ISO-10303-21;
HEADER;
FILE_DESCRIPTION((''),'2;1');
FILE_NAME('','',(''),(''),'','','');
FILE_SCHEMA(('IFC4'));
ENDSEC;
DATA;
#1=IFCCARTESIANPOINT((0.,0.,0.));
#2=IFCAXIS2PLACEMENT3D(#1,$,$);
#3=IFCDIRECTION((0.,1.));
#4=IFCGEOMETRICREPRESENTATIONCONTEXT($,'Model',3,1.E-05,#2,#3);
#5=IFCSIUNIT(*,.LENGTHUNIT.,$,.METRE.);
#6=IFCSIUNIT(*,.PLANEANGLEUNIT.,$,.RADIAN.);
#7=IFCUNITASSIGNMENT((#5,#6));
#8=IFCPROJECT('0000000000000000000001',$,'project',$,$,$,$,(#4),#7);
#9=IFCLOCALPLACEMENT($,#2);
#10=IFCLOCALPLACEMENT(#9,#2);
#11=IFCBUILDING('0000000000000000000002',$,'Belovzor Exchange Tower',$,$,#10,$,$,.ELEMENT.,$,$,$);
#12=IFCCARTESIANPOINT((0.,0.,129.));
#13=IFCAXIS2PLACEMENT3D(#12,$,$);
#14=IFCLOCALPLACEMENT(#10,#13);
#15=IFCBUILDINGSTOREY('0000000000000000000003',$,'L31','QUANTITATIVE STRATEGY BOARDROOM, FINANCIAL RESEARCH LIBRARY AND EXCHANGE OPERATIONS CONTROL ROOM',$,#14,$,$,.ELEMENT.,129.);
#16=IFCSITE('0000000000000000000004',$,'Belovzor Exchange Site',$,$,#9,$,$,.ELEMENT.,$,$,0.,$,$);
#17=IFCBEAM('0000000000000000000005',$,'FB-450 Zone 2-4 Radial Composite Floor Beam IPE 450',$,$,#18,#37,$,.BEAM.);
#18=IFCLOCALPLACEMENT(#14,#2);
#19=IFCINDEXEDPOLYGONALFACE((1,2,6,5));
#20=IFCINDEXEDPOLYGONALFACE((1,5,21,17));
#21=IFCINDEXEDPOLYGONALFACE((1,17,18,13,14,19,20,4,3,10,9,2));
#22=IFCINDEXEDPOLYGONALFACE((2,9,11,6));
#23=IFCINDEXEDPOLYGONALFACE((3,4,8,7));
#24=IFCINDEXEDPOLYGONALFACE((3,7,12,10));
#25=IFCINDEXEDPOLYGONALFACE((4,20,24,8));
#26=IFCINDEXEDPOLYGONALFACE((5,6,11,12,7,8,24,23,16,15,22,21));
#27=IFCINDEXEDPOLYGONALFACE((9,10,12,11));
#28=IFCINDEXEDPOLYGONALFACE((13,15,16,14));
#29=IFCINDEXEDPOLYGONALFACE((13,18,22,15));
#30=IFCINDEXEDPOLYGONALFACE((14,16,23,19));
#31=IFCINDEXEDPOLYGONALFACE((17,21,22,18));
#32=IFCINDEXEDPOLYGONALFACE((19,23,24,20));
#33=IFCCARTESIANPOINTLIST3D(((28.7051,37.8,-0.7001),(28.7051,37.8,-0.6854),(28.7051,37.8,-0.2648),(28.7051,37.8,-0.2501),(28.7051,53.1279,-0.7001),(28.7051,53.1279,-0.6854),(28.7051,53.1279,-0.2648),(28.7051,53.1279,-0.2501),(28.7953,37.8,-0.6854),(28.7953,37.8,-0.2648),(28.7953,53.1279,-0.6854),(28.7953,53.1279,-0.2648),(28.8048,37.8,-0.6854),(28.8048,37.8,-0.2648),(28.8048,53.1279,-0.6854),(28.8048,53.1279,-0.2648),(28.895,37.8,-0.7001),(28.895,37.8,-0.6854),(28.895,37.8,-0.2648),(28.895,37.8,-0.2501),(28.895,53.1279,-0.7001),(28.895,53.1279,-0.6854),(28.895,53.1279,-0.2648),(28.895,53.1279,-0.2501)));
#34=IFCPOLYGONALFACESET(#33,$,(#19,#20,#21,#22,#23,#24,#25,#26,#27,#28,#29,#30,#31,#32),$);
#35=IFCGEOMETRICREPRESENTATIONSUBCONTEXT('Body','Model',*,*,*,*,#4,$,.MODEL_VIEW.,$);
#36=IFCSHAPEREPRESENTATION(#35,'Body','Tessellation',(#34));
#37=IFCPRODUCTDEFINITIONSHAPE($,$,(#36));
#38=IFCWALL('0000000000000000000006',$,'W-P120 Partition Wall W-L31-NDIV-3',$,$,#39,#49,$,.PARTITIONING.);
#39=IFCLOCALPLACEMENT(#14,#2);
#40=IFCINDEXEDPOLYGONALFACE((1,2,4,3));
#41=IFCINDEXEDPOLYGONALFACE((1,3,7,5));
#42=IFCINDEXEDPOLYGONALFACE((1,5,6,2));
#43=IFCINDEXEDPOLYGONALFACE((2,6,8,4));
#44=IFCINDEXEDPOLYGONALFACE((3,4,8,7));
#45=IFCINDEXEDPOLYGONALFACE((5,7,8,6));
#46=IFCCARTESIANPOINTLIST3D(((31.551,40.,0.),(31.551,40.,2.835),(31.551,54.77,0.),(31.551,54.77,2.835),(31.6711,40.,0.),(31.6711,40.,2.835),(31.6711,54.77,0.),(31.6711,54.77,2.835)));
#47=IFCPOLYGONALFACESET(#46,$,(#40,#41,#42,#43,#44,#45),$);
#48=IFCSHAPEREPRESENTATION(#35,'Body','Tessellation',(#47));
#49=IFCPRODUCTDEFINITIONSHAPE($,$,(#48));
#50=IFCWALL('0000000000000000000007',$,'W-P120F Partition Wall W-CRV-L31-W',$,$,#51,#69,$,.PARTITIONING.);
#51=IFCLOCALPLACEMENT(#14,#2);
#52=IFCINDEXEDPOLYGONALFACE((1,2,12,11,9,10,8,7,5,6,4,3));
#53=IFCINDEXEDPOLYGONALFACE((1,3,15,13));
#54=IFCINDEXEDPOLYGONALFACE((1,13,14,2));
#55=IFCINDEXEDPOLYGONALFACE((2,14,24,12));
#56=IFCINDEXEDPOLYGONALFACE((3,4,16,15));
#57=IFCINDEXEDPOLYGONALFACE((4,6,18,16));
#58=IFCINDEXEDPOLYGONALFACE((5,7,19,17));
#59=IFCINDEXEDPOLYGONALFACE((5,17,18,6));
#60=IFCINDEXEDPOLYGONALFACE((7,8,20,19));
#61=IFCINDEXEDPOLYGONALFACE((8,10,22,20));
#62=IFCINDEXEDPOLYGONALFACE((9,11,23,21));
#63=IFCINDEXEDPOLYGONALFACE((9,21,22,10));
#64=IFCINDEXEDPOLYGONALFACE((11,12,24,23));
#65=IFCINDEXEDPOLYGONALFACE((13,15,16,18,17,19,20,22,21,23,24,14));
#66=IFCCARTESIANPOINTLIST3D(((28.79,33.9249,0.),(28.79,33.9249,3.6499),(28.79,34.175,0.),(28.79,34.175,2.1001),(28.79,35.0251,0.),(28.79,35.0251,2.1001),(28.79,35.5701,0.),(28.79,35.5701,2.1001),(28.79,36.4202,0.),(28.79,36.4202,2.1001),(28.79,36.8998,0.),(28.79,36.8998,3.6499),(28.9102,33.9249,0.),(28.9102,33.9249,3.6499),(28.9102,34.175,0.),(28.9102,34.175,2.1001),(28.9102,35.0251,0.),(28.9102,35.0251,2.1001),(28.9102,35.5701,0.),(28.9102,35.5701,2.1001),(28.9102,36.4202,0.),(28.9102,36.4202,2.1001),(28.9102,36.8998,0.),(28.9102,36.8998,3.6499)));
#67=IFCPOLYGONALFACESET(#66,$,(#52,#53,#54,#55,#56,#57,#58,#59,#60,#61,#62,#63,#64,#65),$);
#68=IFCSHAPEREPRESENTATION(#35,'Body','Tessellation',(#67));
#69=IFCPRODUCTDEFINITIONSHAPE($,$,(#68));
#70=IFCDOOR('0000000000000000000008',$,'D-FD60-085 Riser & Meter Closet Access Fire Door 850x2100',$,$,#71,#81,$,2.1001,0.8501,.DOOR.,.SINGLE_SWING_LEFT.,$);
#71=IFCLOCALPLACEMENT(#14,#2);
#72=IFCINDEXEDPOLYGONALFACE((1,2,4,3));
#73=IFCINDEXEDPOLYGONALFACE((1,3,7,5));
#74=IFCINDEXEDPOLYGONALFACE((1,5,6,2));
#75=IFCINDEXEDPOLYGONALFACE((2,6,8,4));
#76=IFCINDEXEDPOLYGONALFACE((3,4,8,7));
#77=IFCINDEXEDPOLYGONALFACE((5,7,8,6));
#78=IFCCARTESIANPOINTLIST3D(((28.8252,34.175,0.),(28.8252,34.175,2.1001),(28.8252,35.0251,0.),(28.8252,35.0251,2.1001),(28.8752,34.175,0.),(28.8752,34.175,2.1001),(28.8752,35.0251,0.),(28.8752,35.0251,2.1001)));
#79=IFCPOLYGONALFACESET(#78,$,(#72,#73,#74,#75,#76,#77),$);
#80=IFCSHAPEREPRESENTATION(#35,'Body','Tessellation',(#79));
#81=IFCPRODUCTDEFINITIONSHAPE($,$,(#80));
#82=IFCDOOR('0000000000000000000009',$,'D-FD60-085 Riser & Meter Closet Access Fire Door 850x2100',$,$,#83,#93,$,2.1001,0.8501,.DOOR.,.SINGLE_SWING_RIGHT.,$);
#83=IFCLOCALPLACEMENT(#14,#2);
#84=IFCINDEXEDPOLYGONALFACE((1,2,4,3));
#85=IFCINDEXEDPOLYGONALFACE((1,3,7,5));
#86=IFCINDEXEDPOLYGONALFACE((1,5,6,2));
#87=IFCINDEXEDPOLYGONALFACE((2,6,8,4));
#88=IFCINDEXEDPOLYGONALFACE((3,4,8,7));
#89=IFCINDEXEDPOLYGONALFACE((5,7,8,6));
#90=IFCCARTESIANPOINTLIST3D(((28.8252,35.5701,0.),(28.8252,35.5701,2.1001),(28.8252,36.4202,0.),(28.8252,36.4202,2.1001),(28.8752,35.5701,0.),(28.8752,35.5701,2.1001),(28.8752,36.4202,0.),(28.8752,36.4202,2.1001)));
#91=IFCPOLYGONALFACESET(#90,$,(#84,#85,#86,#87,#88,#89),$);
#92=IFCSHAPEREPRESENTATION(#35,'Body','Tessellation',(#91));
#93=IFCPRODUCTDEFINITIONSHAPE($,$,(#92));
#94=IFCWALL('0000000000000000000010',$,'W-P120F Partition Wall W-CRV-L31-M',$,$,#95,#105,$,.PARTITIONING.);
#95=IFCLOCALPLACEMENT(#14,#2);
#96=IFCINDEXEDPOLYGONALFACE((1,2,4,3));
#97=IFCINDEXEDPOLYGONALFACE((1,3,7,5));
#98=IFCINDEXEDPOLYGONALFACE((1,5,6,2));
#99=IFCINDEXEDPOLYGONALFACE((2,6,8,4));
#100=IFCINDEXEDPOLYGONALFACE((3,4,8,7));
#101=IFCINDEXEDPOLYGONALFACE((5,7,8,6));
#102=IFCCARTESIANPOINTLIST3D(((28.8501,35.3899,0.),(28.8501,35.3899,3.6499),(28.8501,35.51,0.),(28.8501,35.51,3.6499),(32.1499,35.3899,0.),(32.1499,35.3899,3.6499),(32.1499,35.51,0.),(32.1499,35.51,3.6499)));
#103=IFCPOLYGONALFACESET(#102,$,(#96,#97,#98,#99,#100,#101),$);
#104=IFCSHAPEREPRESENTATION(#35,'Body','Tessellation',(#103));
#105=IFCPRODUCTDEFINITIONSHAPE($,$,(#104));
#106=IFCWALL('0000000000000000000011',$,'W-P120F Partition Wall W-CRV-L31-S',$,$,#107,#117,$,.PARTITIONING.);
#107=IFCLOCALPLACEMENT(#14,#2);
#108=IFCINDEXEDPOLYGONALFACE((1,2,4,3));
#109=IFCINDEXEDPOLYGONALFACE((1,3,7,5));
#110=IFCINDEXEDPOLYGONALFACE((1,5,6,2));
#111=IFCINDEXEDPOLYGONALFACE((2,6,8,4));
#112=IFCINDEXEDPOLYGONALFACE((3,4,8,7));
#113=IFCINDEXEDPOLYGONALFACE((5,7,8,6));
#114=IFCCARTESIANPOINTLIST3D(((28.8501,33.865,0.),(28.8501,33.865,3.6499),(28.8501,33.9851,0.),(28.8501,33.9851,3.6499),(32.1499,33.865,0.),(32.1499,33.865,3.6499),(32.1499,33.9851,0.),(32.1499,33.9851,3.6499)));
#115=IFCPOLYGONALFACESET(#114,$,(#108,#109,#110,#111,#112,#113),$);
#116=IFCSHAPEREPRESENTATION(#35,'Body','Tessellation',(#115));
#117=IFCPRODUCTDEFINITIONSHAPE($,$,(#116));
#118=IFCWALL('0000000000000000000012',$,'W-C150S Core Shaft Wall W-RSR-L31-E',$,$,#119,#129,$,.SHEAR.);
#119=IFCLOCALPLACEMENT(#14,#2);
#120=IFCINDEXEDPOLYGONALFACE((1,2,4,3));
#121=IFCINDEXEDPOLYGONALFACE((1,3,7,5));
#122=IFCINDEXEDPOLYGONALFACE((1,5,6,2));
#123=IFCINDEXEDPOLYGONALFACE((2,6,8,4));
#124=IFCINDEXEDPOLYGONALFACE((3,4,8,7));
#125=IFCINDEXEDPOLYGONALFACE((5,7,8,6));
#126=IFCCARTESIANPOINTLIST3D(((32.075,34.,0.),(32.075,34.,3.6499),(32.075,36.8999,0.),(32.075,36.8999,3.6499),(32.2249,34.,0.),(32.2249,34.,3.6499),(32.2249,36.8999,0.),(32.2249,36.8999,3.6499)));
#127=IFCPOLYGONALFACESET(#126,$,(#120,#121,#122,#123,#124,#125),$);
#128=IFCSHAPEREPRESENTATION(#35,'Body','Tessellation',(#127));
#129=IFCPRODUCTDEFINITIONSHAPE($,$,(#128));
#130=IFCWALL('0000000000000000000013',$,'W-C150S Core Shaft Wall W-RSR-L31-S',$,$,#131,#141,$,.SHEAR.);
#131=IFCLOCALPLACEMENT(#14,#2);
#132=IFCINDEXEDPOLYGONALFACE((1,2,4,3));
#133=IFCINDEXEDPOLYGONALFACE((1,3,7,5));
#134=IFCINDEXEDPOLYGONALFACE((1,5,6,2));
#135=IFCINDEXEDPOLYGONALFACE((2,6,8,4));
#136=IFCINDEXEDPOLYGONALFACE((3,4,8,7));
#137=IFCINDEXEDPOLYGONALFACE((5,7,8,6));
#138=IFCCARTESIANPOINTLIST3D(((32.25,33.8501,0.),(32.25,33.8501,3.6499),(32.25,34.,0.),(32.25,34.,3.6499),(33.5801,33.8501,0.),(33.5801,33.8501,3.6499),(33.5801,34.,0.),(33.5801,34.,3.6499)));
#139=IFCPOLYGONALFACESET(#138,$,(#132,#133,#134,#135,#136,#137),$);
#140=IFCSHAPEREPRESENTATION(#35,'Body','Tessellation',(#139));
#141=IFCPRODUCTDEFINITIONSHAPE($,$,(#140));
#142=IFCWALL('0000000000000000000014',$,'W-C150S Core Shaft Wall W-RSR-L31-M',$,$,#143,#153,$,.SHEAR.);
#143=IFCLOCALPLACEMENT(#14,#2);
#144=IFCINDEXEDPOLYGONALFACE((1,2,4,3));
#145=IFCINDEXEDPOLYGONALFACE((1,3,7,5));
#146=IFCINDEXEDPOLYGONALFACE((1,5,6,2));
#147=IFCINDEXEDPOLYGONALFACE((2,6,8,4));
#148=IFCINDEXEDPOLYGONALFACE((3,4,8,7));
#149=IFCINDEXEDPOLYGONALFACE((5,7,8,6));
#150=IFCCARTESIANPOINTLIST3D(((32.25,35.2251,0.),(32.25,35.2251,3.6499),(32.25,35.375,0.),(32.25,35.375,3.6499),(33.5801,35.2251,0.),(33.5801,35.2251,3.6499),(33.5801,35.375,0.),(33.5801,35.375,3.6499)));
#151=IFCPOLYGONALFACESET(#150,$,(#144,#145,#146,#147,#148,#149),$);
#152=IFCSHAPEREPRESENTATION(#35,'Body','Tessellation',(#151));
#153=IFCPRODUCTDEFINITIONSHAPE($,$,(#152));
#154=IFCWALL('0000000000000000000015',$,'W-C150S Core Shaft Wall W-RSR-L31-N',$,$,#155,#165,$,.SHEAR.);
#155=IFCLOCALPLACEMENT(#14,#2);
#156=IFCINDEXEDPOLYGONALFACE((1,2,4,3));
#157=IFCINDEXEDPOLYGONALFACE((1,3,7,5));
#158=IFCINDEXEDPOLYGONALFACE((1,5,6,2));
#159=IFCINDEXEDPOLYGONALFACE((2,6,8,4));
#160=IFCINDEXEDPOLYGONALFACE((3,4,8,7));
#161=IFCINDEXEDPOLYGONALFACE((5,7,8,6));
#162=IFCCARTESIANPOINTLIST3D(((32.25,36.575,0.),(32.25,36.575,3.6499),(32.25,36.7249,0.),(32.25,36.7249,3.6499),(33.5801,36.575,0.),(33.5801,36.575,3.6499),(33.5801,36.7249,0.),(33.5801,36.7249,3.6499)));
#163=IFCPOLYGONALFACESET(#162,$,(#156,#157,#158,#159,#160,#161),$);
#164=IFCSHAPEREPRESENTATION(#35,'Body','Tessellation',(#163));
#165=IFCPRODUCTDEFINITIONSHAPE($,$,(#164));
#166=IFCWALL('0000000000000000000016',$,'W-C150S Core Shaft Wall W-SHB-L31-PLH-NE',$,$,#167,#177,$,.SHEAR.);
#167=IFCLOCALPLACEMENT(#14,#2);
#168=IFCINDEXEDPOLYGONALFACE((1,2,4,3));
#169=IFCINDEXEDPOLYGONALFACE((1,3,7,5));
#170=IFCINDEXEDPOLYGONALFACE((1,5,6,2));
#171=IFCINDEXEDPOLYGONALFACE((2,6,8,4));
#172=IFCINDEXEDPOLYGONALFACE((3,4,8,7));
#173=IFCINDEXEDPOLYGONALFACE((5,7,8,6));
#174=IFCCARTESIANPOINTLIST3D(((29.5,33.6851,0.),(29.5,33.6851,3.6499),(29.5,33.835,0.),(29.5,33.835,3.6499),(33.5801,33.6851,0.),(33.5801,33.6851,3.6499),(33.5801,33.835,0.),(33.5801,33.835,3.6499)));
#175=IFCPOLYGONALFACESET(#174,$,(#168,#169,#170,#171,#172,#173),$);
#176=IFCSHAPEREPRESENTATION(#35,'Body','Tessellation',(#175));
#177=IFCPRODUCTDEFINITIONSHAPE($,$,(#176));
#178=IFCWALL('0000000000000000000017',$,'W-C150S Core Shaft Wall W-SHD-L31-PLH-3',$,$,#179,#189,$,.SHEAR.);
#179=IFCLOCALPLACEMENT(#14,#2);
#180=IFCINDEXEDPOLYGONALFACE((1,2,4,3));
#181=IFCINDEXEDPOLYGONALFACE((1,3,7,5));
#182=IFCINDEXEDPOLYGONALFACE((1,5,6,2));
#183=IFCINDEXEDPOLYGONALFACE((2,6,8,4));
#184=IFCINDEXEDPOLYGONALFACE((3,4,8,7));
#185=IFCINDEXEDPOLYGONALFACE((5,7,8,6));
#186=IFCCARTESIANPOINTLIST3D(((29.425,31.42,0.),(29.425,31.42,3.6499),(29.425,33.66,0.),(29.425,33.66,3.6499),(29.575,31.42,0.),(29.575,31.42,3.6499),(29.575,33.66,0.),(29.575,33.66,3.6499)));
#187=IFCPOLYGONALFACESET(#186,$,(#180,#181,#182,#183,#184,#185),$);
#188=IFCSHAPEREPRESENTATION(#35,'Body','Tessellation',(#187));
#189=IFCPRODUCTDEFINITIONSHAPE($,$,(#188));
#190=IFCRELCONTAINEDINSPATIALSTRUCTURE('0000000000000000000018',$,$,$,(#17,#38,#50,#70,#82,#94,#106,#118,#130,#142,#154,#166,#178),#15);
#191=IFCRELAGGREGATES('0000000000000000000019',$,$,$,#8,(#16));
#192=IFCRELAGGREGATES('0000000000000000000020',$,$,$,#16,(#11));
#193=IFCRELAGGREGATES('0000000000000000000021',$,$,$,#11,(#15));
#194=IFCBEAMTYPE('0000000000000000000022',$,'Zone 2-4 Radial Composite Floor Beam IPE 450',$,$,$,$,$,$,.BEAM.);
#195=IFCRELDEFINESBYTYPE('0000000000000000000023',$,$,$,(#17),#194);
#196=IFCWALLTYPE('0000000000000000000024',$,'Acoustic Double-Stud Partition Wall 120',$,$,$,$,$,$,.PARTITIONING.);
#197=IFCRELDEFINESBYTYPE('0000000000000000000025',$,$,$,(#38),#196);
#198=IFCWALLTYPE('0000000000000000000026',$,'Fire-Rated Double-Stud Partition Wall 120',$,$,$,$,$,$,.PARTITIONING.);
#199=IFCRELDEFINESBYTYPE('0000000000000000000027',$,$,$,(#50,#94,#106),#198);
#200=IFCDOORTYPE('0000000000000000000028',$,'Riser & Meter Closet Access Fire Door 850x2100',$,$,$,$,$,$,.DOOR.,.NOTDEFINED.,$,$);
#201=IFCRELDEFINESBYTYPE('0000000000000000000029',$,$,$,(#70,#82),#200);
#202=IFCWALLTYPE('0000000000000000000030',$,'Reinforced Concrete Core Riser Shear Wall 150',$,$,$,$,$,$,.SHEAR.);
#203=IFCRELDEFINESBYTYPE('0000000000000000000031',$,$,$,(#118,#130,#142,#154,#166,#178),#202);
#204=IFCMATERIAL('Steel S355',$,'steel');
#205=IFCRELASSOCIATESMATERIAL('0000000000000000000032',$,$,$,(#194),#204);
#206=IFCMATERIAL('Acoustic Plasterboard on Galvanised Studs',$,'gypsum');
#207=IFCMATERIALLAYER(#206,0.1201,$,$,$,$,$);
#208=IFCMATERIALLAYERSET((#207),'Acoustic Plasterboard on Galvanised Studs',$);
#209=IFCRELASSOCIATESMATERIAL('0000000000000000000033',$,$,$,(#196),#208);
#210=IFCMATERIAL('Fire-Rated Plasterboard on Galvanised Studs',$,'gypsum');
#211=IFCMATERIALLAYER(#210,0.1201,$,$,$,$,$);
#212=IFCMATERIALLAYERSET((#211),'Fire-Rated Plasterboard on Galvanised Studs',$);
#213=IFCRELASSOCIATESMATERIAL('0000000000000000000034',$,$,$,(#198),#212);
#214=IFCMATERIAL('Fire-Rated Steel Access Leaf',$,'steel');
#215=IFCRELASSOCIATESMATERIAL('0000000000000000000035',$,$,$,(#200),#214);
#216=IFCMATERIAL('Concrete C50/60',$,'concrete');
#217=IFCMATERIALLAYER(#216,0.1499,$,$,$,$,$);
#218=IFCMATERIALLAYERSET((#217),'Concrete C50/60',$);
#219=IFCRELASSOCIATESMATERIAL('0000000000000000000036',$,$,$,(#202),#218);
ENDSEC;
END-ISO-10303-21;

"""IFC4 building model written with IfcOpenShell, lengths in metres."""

from ifc_helpers import new_model, si_unit, direction, frame, frame_2d, origin, origin_2d, place, context, subcontext, project, spatial, rectangle, i_section, extrude, material, layer, layer_set, material_profile, profile_set, type_object, element, fill, save


model = new_model("IFC4")

# Units and contexts
model_context = context("Model", 3, precision=1e-05, world=origin(), true_north=direction((0.0, 1.0)))
body_context = subcontext(model_context, "Body", "Model", "MODEL_VIEW")
ifc_project = project(units=[si_unit("LENGTHUNIT", "METRE"), si_unit("PLANEANGLEUNIT", "RADIAN")], contexts=[model_context])

# Site, building, storey
site_placement = place(None, origin())
site = spatial("IfcSite", under=ifc_project, at=site_placement, Name="Belovzor Exchange Site", CompositionType="ELEMENT", RefElevation=0.0)
building_placement = place(site_placement, origin())
building = spatial("IfcBuilding", under=site, at=building_placement, Name="Belovzor Exchange Tower", CompositionType="ELEMENT")
storey_placement = place(building_placement, frame((0.0, 0.0, 129.0)))
storey = spatial("IfcBuildingStorey", under=building, at=storey_placement, Name="L31", Description="QUANTITATIVE STRATEGY BOARDROOM, FINANCIAL RESEARCH LIBRARY AND EXCHANGE OPERATIONS CONTROL ROOM", CompositionType="ELEMENT", Elevation=129.0)

# Beam
ifc_material_1 = material(Name="Steel S355", Category="steel")
ifc_material_profile = material_profile(ifc_material_1, i_section(OverallWidth=0.1899, OverallDepth=0.45, WebThickness=0.0095, FlangeThickness=0.0146, at=origin_2d()))
ifc_profile_set = profile_set([ifc_material_profile], Name="Steel S355")
beam_type = type_object("IfcBeamType", Name="Zone 2-4 Radial Composite Floor Beam IPE 450", PredefinedType="BEAM", material=ifc_profile_set)
beam_placement = place(storey_placement, frame((28.8, 37.8, -0.4751), z_axis=(0.0, 1.0, 0.0), x_axis=(-1.0, 0.0, 0.0)))
element("IfcBeam", 1, at=beam_placement, inside=storey, type_object=beam_type, Name="FB-450 Zone 2-4 Radial Composite Floor Beam IPE 450", PredefinedType="BEAM", context=body_context, shape_type="SweptSolid", body=[
    extrude(i_section(OverallWidth=0.1899, OverallDepth=0.45, WebThickness=0.0095, FlangeThickness=0.0146, at=origin_2d()), origin(), (0.0, 0.0, 1.0), 15.3279),
])

# Wall
ifc_material_2 = material(Name="Acoustic Plasterboard on Galvanised Studs", Category="gypsum")
ifc_layer_1 = layer(ifc_material_2, 0.1201)
ifc_layer_set_1 = layer_set([ifc_layer_1], Name="Acoustic Plasterboard on Galvanised Studs")
wall_type_1 = type_object("IfcWallType", Name="Acoustic Double-Stud Partition Wall 120", PredefinedType="PARTITIONING", material=ifc_layer_set_1)
wall_1_placement = place(storey_placement, frame((31.6111, 40.0, 0.0), z_axis=(0.0, 0.0, 1.0), x_axis=(0.0, 1.0, 0.0)))
element("IfcWall", 2, at=wall_1_placement, inside=storey, type_object=wall_type_1, Name="W-P120 Partition Wall W-L31-NDIV-3", PredefinedType="PARTITIONING", context=body_context, shape_type="SweptSolid", body=[
    extrude(rectangle(XDim=14.77, YDim=0.1201, at=frame_2d((7.385, 0.0))), origin(), (0.0, 0.0, 1.0), 2.835),
])

# Wall, openings, doors
ifc_material_3 = material(Name="Fire-Rated Plasterboard on Galvanised Studs", Category="gypsum")
ifc_layer_2 = layer(ifc_material_3, 0.1201)
ifc_layer_set_2 = layer_set([ifc_layer_2], Name="Fire-Rated Plasterboard on Galvanised Studs")
wall_type_2 = type_object("IfcWallType", Name="Fire-Rated Double-Stud Partition Wall 120", PredefinedType="PARTITIONING", material=ifc_layer_set_2)
wall_2_placement = place(storey_placement, frame((28.8501, 33.925, 0.0), z_axis=(0.0, 0.0, 1.0), x_axis=(0.0, 1.0, 0.0)))
wall_2 = element("IfcWall", 3, at=wall_2_placement, inside=storey, type_object=wall_type_2, Name="W-P120F Partition Wall W-CRV-L31-W", PredefinedType="PARTITIONING", context=body_context, shape_type="SweptSolid", body=[
    extrude(rectangle(XDim=2.9749, YDim=0.1201, at=frame_2d((1.4873, 0.0))), origin(), (0.0, 0.0, 1.0), 3.6499),
])
opening_1_placement = place(wall_2_placement, frame((0.25, 0.0, 0.0)))
opening_1 = element("IfcOpeningElement", 4, at=opening_1_placement, cuts=wall_2, PredefinedType="OPENING", context=body_context, shape_type="SweptSolid", body=[
    extrude(rectangle(XDim=0.8501, YDim=2.1001, at=frame_2d((0.425, 1.05))), frame((0.0, 0.0701, 0.0), z_axis=(0.0, -1.0, 0.0), x_axis=(1.0, 0.0, 0.0)), (0.0, 0.0, 1.0), 0.1401),
])
opening_2_placement = place(wall_2_placement, frame((1.645, 0.0, 0.0)))
opening_2 = element("IfcOpeningElement", 5, at=opening_2_placement, cuts=wall_2, PredefinedType="OPENING", context=body_context, shape_type="SweptSolid", body=[
    extrude(rectangle(XDim=0.8501, YDim=2.1001, at=frame_2d((0.425, 1.05))), frame((0.0, 0.0701, 0.0), z_axis=(0.0, -1.0, 0.0), x_axis=(1.0, 0.0, 0.0)), (0.0, 0.0, 1.0), 0.1401),
])
ifc_material_4 = material(Name="Fire-Rated Steel Access Leaf", Category="steel")
door_type = type_object("IfcDoorType", Name="Riser & Meter Closet Access Fire Door 850x2100", OperationType="NOTDEFINED", PredefinedType="DOOR", material=ifc_material_4)
door_1_placement = place(opening_1_placement, origin())
door_1 = element("IfcDoor", 6, at=door_1_placement, inside=storey, type_object=door_type, Name="D-FD60-085 Riser & Meter Closet Access Fire Door 850x2100", OperationType="SINGLE_SWING_LEFT", OverallHeight=2.1001, OverallWidth=0.8501, PredefinedType="DOOR", context=body_context, shape_type="SweptSolid", body=[
    extrude(rectangle(XDim=0.8501, YDim=2.1001, at=frame_2d((0.425, 1.05))), frame((0.0, 0.0249, 0.0), z_axis=(0.0, -1.0, 0.0), x_axis=(1.0, 0.0, 0.0)), (0.0, 0.0, 1.0), 0.05),
])
fill(opening_1, door_1)
door_2_placement = place(opening_2_placement, origin())
door_2 = element("IfcDoor", 7, at=door_2_placement, inside=storey, type_object=door_type, Name="D-FD60-085 Riser & Meter Closet Access Fire Door 850x2100", OperationType="SINGLE_SWING_RIGHT", OverallHeight=2.1001, OverallWidth=0.8501, PredefinedType="DOOR", context=body_context, shape_type="SweptSolid", body=[
    extrude(rectangle(XDim=0.8501, YDim=2.1001, at=frame_2d((0.425, 1.05))), frame((0.0, 0.0249, 0.0), z_axis=(0.0, -1.0, 0.0), x_axis=(1.0, 0.0, 0.0)), (0.0, 0.0, 1.0), 0.05),
])
fill(opening_2, door_2)

# Walls
for number, where, z_axis, x_axis, name in (
    (8, (28.8501, 35.45, 0.0), (0.0, 0.0, 1.0), (1.0, 0.0, 0.0), "W-P120F Partition Wall W-CRV-L31-M"),
    (9, (28.8501, 33.925, 0.0), (0.0, 0.0, 1.0), (1.0, 0.0, 0.0), "W-P120F Partition Wall W-CRV-L31-S"),
):
    element("IfcWall", number, at=place(storey_placement, frame(where, z_axis=z_axis, x_axis=x_axis)), inside=storey, type_object=wall_type_2, Name=name, PredefinedType="PARTITIONING", context=body_context, shape_type="SweptSolid", body=[
        extrude(rectangle(XDim=3.2998, YDim=0.1201, at=frame_2d((1.6499, 0.0))), origin(), (0.0, 0.0, 1.0), 3.6499),
    ])
ifc_material_5 = material(Name="Concrete C50/60", Category="concrete")
ifc_layer_3 = layer(ifc_material_5, 0.1499)
ifc_layer_set_3 = layer_set([ifc_layer_3], Name="Concrete C50/60")
wall_type_3 = type_object("IfcWallType", Name="Reinforced Concrete Core Riser Shear Wall 150", PredefinedType="SHEAR", material=ifc_layer_set_3)
wall_3_placement = place(storey_placement, frame((32.1499, 34.0, 0.0), z_axis=(0.0, 0.0, 1.0), x_axis=(0.0, 1.0, 0.0)))
element("IfcWall", 10, at=wall_3_placement, inside=storey, type_object=wall_type_3, Name="W-C150S Core Shaft Wall W-RSR-L31-E", PredefinedType="SHEAR", context=body_context, shape_type="SweptSolid", body=[
    extrude(rectangle(XDim=2.8999, YDim=0.1499, at=frame_2d((1.45, 0.0))), origin(), (0.0, 0.0, 1.0), 3.6499),
])
for number, where, z_axis, x_axis, name in (
    (11, (32.25, 33.925, 0.0), (0.0, 0.0, 1.0), (1.0, 0.0, 0.0), "W-C150S Core Shaft Wall W-RSR-L31-S"),
    (12, (32.25, 35.3, 0.0), (0.0, 0.0, 1.0), (1.0, 0.0, 0.0), "W-C150S Core Shaft Wall W-RSR-L31-M"),
    (13, (32.25, 36.6499, 0.0), (0.0, 0.0, 1.0), (1.0, 0.0, 0.0), "W-C150S Core Shaft Wall W-RSR-L31-N"),
):
    element("IfcWall", number, at=place(storey_placement, frame(where, z_axis=z_axis, x_axis=x_axis)), inside=storey, type_object=wall_type_3, Name=name, PredefinedType="SHEAR", context=body_context, shape_type="SweptSolid", body=[
        extrude(rectangle(XDim=1.3301, YDim=0.1499, at=frame_2d((0.665, 0.0))), origin(), (0.0, 0.0, 1.0), 3.6499),
    ])
wall_4_placement = place(storey_placement, frame((29.5, 33.76, 0.0), z_axis=(0.0, 0.0, 1.0), x_axis=(1.0, 0.0, 0.0)))
element("IfcWall", 14, at=wall_4_placement, inside=storey, type_object=wall_type_3, Name="W-C150S Core Shaft Wall W-SHB-L31-PLH-NE", PredefinedType="SHEAR", context=body_context, shape_type="SweptSolid", body=[
    extrude(rectangle(XDim=4.0801, YDim=0.1499, at=frame_2d((2.04, 0.0))), origin(), (0.0, 0.0, 1.0), 3.6499),
])
for number, where, z_axis, x_axis, name in (
    (15, (29.5, 31.4199, 0.0), (0.0, 0.0, 1.0), (0.0, 1.0, 0.0), "W-C150S Core Shaft Wall W-SHD-L31-PLH-3"),
):
    element("IfcWall", number, at=place(storey_placement, frame(where, z_axis=z_axis, x_axis=x_axis)), inside=storey, type_object=wall_type_3, Name=name, PredefinedType="SHEAR", context=body_context, shape_type="SweptSolid", body=[
        extrude(rectangle(XDim=2.24, YDim=0.1499, at=frame_2d((1.1201, 0.0))), origin(), (0.0, 0.0, 1.0), 3.6499),
    ])

save(model, "model.ifc")
